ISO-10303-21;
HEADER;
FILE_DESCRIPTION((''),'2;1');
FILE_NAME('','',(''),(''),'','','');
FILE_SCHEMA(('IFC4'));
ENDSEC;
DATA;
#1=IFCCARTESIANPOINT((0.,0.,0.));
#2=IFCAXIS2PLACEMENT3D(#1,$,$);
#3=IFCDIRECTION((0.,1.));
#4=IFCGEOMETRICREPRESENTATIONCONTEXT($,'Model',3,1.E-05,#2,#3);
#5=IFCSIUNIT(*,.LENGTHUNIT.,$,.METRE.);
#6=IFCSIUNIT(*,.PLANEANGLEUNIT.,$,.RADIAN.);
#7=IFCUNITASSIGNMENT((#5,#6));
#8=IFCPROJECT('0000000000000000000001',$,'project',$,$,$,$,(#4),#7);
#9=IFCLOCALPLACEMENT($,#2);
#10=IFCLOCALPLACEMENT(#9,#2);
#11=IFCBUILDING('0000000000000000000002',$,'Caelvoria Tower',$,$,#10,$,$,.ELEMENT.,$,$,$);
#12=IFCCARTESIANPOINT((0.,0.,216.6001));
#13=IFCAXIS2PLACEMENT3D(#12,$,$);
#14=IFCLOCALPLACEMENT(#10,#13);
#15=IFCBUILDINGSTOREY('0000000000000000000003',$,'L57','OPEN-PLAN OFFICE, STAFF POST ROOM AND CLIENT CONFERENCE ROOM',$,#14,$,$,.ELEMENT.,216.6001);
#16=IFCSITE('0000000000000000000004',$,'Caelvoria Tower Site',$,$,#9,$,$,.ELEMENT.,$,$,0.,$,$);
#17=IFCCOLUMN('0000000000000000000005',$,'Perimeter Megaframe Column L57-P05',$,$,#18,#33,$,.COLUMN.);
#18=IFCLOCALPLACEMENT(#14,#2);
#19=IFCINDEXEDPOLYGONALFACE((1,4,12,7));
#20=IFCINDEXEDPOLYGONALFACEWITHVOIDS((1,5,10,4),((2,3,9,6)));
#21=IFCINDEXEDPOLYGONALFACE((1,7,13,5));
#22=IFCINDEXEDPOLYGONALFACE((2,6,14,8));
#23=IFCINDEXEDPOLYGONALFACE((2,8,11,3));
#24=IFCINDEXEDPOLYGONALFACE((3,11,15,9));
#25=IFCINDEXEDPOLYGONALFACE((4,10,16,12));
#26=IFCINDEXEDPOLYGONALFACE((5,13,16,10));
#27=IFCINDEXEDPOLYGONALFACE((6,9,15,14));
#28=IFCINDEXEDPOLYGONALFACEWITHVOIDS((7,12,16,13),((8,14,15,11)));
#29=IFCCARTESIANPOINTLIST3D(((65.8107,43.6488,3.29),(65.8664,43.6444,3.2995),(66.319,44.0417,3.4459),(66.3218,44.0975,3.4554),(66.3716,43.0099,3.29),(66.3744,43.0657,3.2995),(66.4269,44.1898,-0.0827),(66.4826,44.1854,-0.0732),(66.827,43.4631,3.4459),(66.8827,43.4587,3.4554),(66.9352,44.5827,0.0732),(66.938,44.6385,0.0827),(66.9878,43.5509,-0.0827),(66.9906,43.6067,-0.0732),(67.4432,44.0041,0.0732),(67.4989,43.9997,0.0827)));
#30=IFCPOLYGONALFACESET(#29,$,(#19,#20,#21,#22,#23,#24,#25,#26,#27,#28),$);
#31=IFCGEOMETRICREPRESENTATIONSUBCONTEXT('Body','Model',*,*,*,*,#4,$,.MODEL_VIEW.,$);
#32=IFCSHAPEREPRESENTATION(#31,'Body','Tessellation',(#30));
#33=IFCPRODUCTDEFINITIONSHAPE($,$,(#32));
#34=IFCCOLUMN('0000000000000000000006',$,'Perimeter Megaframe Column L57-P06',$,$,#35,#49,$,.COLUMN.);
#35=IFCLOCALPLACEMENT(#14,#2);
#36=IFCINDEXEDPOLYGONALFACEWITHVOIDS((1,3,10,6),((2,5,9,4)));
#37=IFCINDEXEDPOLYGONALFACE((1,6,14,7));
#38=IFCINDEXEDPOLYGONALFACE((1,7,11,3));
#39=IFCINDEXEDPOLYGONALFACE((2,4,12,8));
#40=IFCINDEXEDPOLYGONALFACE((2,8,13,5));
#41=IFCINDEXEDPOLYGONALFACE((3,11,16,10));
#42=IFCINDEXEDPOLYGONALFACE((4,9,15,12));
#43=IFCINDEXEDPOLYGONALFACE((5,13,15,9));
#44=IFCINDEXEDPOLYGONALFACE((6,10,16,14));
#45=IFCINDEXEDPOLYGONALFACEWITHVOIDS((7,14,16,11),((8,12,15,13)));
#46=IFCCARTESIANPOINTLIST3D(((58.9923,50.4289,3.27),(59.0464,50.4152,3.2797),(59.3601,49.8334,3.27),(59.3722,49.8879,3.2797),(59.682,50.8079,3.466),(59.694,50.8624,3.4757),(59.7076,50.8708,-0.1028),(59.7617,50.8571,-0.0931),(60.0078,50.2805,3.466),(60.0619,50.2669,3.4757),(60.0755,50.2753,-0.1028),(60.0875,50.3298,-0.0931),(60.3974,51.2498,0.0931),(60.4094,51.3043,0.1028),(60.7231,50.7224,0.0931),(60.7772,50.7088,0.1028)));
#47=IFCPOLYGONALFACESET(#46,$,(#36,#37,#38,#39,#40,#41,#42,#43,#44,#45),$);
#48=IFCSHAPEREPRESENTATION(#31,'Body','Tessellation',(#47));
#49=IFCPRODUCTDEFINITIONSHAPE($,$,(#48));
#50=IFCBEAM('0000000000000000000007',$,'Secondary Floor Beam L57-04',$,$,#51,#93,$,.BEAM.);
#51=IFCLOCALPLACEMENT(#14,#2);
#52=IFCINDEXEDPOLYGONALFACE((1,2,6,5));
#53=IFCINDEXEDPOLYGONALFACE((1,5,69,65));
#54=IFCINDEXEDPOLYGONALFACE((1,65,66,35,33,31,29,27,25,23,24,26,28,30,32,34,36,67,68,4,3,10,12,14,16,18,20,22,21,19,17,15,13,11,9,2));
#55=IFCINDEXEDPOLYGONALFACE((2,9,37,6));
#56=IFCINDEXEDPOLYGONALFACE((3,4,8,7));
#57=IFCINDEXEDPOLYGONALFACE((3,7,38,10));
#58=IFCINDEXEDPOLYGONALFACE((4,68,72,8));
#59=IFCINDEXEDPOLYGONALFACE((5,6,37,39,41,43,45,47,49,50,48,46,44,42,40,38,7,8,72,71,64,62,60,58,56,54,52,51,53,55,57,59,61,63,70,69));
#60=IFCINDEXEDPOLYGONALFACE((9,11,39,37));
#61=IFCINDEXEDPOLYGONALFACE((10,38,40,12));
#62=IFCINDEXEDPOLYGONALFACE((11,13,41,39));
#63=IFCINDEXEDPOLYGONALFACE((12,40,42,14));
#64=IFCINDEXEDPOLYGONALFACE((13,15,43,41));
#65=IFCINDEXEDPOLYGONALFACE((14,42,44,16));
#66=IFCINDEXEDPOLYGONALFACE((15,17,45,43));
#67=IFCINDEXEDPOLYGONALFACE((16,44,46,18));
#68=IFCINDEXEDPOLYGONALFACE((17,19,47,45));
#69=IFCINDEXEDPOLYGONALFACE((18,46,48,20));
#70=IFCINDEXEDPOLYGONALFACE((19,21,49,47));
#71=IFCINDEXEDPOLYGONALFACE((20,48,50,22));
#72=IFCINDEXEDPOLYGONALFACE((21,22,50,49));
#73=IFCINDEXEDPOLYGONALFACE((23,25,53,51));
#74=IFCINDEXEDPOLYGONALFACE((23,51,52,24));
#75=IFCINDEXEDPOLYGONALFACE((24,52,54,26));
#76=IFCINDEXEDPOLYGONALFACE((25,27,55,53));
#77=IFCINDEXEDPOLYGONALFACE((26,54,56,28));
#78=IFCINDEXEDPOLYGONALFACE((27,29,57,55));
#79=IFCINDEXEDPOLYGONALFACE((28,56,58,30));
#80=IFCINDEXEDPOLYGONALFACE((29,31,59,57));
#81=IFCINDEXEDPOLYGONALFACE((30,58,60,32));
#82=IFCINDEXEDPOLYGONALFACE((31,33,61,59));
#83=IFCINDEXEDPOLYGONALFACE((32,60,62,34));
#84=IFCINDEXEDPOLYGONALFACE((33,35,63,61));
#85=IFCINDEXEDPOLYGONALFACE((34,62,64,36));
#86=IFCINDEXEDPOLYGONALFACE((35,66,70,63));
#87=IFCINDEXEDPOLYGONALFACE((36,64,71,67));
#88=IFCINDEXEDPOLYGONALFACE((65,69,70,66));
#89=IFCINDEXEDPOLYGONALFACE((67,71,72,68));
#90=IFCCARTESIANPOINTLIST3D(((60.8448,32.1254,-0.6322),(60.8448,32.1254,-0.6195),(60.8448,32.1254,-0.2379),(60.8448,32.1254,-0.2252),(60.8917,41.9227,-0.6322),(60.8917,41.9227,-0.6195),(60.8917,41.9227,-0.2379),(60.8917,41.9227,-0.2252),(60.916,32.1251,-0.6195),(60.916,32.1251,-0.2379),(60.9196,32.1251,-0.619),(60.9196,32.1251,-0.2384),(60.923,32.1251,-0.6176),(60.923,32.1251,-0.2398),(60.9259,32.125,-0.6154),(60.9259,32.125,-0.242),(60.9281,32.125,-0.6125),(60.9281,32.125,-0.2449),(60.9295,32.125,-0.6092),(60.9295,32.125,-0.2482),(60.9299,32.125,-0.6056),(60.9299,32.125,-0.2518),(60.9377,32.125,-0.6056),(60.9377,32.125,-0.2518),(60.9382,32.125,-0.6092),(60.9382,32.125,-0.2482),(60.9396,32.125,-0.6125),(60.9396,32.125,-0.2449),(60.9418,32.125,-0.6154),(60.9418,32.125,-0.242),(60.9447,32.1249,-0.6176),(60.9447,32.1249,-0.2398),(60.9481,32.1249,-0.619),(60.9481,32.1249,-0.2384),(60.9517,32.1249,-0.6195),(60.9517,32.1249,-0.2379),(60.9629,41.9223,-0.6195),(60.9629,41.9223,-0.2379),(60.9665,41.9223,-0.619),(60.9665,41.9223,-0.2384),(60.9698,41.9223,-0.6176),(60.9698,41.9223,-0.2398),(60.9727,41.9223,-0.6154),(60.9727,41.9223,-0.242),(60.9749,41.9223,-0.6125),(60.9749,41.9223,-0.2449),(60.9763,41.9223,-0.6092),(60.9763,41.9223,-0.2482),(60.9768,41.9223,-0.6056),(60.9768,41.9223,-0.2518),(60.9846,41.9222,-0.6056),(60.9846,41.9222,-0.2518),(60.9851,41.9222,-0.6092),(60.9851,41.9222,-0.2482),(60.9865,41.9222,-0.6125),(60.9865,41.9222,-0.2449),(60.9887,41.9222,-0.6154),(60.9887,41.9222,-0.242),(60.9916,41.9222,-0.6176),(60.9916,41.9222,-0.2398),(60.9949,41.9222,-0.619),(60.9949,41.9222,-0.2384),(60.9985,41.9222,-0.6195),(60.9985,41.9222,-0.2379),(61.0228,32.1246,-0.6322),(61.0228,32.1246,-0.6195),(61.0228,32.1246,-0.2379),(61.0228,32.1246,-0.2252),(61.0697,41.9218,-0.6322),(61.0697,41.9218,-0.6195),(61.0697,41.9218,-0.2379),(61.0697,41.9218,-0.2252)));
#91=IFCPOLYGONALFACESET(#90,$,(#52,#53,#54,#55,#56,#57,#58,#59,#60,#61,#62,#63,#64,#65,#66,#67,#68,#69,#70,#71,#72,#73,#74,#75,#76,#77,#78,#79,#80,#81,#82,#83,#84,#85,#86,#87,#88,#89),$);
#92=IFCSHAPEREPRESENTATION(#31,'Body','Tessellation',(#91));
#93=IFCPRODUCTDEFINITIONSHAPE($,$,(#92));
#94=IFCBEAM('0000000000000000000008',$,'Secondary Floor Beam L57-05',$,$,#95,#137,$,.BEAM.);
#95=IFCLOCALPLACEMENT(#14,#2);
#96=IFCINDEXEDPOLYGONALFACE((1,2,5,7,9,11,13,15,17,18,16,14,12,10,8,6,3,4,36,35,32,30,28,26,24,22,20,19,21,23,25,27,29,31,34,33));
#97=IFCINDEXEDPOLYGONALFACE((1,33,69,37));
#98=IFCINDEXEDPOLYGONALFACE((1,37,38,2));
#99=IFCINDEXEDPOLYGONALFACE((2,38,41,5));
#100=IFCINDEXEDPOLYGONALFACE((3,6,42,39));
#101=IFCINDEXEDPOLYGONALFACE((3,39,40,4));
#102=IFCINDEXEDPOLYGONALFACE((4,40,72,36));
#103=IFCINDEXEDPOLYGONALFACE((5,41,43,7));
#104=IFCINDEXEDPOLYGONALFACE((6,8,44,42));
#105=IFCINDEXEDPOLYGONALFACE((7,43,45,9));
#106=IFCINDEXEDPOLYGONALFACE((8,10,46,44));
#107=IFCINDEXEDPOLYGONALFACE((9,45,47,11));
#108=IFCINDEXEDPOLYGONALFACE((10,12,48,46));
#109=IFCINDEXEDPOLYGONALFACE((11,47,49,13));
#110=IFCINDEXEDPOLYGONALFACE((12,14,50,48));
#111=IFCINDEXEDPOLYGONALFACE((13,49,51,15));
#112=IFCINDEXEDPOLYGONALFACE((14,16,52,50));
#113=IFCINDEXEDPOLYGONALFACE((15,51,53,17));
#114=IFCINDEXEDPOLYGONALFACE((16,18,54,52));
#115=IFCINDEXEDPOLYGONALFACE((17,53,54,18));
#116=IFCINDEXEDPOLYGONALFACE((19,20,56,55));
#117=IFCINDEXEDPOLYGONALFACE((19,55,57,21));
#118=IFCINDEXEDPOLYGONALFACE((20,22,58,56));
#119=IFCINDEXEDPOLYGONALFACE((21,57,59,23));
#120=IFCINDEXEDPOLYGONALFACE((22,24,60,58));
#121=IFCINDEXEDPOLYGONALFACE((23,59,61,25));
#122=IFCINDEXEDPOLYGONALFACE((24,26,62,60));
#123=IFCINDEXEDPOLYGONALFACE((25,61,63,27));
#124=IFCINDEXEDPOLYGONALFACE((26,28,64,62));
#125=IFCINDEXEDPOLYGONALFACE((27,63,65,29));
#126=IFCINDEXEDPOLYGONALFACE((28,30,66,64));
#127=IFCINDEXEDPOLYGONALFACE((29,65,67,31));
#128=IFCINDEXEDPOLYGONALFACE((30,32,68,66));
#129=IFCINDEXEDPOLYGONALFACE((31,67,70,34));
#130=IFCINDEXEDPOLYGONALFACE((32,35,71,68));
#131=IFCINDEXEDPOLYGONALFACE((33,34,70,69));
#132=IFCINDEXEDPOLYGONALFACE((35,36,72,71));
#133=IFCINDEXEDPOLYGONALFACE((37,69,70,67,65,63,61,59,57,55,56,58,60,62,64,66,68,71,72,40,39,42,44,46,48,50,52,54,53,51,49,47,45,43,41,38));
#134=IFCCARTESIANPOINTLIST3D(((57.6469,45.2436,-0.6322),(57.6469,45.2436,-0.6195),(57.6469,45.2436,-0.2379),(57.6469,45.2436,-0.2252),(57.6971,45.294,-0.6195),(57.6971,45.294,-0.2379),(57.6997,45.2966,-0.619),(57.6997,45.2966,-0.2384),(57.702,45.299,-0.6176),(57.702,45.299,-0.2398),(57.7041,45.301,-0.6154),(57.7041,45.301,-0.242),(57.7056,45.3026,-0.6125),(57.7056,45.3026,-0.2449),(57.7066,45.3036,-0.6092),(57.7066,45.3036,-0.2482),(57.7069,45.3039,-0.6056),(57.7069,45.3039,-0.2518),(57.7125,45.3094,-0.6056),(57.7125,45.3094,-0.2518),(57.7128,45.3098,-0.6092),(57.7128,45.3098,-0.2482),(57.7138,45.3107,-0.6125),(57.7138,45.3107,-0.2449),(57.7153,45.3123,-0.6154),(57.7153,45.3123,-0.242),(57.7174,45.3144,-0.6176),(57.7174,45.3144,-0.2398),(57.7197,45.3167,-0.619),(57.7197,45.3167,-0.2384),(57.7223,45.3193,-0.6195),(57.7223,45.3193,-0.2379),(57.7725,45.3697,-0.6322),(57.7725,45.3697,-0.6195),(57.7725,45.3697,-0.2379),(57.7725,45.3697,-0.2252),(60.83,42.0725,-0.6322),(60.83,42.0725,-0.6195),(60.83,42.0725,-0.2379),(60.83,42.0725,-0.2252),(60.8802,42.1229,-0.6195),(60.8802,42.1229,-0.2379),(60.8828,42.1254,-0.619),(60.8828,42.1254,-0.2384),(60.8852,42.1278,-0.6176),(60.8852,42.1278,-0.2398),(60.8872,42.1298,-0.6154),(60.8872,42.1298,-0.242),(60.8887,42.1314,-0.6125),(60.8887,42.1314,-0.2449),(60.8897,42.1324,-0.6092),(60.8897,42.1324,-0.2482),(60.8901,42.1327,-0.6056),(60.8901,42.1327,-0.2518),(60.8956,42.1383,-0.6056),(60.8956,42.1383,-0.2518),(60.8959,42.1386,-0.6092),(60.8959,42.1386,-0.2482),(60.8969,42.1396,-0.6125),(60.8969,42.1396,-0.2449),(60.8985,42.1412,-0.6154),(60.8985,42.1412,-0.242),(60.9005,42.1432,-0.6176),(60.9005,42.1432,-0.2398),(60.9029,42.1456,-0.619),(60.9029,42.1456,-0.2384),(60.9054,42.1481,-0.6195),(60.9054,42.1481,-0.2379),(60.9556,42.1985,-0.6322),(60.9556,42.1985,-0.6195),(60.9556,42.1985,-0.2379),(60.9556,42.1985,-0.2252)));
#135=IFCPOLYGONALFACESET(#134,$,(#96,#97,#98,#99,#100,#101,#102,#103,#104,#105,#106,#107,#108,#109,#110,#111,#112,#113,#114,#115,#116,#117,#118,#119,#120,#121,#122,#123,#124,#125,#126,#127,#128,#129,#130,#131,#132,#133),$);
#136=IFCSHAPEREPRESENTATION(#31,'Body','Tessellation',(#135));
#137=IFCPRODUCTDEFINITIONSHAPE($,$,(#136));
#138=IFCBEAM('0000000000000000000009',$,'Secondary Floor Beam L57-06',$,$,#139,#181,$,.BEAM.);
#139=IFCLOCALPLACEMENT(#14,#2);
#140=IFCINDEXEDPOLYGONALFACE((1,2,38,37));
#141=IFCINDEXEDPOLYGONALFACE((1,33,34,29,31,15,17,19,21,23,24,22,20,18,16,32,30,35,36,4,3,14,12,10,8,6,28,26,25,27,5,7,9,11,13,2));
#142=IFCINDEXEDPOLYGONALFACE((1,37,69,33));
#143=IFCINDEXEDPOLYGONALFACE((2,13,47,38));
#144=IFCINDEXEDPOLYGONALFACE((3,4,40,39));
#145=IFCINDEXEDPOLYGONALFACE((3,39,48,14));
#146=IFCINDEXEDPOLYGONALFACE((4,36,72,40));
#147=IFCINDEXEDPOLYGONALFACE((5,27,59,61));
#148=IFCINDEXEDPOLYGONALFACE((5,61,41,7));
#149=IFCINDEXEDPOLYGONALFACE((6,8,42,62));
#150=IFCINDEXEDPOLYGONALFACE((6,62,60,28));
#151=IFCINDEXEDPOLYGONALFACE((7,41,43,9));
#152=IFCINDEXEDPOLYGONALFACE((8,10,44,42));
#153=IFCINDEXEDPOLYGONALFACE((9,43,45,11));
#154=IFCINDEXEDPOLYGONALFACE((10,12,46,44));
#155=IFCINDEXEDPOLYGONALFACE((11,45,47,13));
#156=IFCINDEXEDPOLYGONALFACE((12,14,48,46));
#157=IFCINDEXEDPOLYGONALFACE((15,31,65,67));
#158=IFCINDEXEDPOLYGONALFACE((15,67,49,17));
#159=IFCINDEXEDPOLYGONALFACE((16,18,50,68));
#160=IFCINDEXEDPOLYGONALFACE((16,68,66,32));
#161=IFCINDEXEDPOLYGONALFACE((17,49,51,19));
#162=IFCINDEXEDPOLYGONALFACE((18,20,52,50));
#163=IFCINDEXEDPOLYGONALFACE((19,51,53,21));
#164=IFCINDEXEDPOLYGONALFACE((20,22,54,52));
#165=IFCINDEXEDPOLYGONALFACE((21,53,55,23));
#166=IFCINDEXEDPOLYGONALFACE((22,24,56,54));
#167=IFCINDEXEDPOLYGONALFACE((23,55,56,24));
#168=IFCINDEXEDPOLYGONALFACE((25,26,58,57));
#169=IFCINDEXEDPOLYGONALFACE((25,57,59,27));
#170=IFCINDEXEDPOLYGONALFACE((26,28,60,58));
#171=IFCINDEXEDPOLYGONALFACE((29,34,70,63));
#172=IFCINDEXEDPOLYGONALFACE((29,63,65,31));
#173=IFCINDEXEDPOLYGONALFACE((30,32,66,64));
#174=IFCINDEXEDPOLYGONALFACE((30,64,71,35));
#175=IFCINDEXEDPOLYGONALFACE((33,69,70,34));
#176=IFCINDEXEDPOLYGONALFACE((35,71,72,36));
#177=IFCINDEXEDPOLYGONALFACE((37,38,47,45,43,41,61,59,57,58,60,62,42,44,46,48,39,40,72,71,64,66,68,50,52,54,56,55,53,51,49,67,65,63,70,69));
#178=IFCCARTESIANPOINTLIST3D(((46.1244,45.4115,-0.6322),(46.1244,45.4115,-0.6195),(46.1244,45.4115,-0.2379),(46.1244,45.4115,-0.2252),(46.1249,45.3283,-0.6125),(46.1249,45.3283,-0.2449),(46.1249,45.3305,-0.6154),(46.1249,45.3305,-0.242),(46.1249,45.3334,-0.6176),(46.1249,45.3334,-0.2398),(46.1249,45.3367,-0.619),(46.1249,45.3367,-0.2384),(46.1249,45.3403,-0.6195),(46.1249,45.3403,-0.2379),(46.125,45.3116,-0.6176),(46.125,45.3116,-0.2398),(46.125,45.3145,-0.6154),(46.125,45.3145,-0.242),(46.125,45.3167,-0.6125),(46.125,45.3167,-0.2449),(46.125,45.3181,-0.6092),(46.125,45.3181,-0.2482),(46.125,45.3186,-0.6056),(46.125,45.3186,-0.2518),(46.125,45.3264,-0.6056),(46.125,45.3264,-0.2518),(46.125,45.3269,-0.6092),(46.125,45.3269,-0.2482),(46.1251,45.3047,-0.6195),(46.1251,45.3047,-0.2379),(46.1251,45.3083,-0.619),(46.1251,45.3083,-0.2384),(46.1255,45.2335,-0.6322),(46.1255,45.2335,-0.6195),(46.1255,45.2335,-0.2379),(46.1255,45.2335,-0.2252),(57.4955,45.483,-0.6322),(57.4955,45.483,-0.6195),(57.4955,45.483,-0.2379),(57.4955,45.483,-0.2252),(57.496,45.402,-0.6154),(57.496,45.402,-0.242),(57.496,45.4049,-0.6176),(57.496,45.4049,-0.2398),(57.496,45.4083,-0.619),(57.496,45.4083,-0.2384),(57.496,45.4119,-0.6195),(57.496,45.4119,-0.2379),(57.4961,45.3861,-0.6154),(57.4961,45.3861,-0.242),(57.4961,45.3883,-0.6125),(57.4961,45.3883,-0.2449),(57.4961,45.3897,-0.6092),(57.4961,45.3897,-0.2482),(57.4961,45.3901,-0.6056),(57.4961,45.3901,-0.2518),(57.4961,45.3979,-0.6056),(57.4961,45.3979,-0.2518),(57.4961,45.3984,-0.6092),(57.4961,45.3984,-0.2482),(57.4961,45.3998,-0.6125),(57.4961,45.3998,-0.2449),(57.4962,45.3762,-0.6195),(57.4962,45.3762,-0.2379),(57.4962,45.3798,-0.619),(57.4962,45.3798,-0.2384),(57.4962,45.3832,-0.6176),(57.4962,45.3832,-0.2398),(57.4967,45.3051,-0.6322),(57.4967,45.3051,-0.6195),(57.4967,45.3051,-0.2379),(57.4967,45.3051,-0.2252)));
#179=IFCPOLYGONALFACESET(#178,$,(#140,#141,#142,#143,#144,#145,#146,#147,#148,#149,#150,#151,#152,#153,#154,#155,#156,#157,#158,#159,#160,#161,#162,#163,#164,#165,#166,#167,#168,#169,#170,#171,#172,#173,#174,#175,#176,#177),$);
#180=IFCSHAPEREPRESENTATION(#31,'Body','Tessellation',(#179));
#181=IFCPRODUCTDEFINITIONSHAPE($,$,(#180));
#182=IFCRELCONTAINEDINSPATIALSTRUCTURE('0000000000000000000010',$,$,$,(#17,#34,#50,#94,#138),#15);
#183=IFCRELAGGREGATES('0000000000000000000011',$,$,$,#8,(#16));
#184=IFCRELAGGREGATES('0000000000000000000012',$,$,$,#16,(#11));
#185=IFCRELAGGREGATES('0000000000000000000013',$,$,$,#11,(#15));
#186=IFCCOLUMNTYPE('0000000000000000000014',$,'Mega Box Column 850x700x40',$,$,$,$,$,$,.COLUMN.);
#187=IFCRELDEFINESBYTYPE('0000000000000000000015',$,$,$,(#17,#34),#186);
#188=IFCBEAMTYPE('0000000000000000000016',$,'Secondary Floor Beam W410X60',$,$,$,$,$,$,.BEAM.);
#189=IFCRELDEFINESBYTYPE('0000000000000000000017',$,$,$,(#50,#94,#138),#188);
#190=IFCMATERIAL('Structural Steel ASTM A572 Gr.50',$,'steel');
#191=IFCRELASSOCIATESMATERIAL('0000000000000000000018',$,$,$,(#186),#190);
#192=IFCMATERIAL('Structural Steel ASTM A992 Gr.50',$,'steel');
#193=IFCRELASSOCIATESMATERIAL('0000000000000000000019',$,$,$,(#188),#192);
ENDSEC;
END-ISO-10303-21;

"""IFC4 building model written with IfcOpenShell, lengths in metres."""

from ifc_helpers import new_model, si_unit, direction, frame, origin, origin_2d, place, context, subcontext, project, spatial, hollow_rectangle, i_section, extrude, material, material_profile, profile_set, type_object, element, save


model = new_model("IFC4")

# Units and contexts
model_context = context("Model", 3, precision=1e-05, world=origin(), true_north=direction((0.0, 1.0)))
body_context = subcontext(model_context, "Body", "Model", "MODEL_VIEW")
ifc_project = project(units=[si_unit("LENGTHUNIT", "METRE"), si_unit("PLANEANGLEUNIT", "RADIAN")], contexts=[model_context])

# Site, building, storey
site_placement = place(None, origin())
site = spatial("IfcSite", under=ifc_project, at=site_placement, Name="Caelvoria Tower Site", CompositionType="ELEMENT", RefElevation=0.0)
building_placement = place(site_placement, origin())
building = spatial("IfcBuilding", under=site, at=building_placement, Name="Caelvoria Tower", CompositionType="ELEMENT")
storey_placement = place(building_placement, frame((0.0, 0.0, 216.6001)))
storey = spatial("IfcBuildingStorey", under=building, at=storey_placement, Name="L57", Description="OPEN-PLAN OFFICE, STAFF POST ROOM AND CLIENT CONFERENCE ROOM", CompositionType="ELEMENT", Elevation=216.6001)

# Columns
ifc_material_1 = material(Name="Structural Steel ASTM A572 Gr.50", Category="steel")
ifc_material_profile_1 = material_profile(ifc_material_1, hollow_rectangle(XDim=0.7, YDim=0.8501, WallThickness=0.04, at=origin_2d()), Name="Structural Steel ASTM A572 Gr.50")
ifc_profile_set_1 = profile_set([ifc_material_profile_1], Name="BOX850X700X40 - Structural Steel ASTM A572 Gr.50")
column_type = type_object("IfcColumnType", Name="Mega Box Column 850x700x40", PredefinedType="COLUMN", material=ifc_profile_set_1)
column_1_placement = place(storey_placement, frame((66.9629, 44.0947, 0.0), z_axis=(-0.177529, -0.155865, 0.971694), x_axis=(0.730198, 0.641093, 0.236242)))
element("IfcColumn", 1, at=column_1_placement, inside=storey, type_object=column_type, Name="Perimeter Megaframe Column L57-P05", PredefinedType="COLUMN", context=body_context, shape_type="SweptSolid", body=[
    extrude(hollow_rectangle(XDim=0.7, YDim=0.8501, WallThickness=0.04, at=origin_2d()), origin(), (0.0, 0.0, 1.0), 3.4709),
])
column_2_placement = place(storey_placement, frame((60.2424, 50.7898, 0.0), z_axis=(-0.20579, -0.127126, 0.970304), x_axis=(0.525555, -0.85076, 0.0)))
element("IfcColumn", 2, at=column_2_placement, inside=storey, type_object=column_type, Name="Perimeter Megaframe Column L57-P06", PredefinedType="COLUMN", context=body_context, shape_type="SweptSolid", body=[
    extrude(hollow_rectangle(XDim=0.7, YDim=0.8501, WallThickness=0.04, at=origin_2d()), origin(), (0.0, 0.0, 1.0), 3.4761),
])

# Beams
ifc_material_2 = material(Name="Structural Steel ASTM A992 Gr.50", Category="steel")
ifc_material_profile_2 = material_profile(ifc_material_2, i_section(OverallWidth=0.178, OverallDepth=0.407, WebThickness=0.0078, FlangeThickness=0.0127, FilletRadius=0.0139, at=origin_2d()), Name="Structural Steel ASTM A992 Gr.50")
ifc_profile_set_2 = profile_set([ifc_material_profile_2], Name="W410X60 - Structural Steel ASTM A992 Gr.50")
beam_type_1 = type_object("IfcBeamType", Name="Secondary Floor Beam W410X60", PredefinedType="BEAM", material=ifc_profile_set_2)
beam_1_placement = place(storey_placement, frame((60.9338, 32.125, -0.4287), z_axis=(0.004784, 0.999989, 0.0), x_axis=(-0.999989, 0.004784, 0.0)))
element("IfcBeam", 3, at=beam_1_placement, inside=storey, type_object=beam_type_1, Name="Secondary Floor Beam L57-04", PredefinedType="BEAM", context=body_context, shape_type="SweptSolid", body=[
    extrude(i_section(OverallWidth=0.178, OverallDepth=0.407, WebThickness=0.0078, FlangeThickness=0.0127, FilletRadius=0.0139, at=origin_2d()), origin(), (0.0, 0.0, 1.0), 9.7974),
])
beam_2_placement = place(storey_placement, frame((60.8928, 42.1355, -0.4287), z_axis=(-0.708437, 0.705774, 0.0), x_axis=(-0.705774, -0.708437, 0.0)))
element("IfcBeam", 4, at=beam_2_placement, inside=storey, type_object=beam_type_1, Name="Secondary Floor Beam L57-05", PredefinedType="BEAM", context=body_context, shape_type="SweptSolid", body=[
    extrude(i_section(OverallWidth=0.178, OverallDepth=0.407, WebThickness=0.0078, FlangeThickness=0.0127, FilletRadius=0.0139, at=origin_2d()), origin(), (0.0, 0.0, 1.0), 4.4932),
])
beam_3_placement = place(storey_placement, frame((57.4961, 45.394, -0.4287), z_axis=(-0.99998, -0.006291, 0.0), x_axis=(0.006291, -0.99998, 0.0)))
element("IfcBeam", 5, at=beam_3_placement, inside=storey, type_object=beam_type_1, Name="Secondary Floor Beam L57-06", PredefinedType="BEAM", context=body_context, shape_type="SweptSolid", body=[
    extrude(i_section(OverallWidth=0.178, OverallDepth=0.407, WebThickness=0.0078, FlangeThickness=0.0127, FilletRadius=0.0139, at=origin_2d()), origin(), (0.0, 0.0, 1.0), 11.3713),
])

save(model, "model.ifc")
